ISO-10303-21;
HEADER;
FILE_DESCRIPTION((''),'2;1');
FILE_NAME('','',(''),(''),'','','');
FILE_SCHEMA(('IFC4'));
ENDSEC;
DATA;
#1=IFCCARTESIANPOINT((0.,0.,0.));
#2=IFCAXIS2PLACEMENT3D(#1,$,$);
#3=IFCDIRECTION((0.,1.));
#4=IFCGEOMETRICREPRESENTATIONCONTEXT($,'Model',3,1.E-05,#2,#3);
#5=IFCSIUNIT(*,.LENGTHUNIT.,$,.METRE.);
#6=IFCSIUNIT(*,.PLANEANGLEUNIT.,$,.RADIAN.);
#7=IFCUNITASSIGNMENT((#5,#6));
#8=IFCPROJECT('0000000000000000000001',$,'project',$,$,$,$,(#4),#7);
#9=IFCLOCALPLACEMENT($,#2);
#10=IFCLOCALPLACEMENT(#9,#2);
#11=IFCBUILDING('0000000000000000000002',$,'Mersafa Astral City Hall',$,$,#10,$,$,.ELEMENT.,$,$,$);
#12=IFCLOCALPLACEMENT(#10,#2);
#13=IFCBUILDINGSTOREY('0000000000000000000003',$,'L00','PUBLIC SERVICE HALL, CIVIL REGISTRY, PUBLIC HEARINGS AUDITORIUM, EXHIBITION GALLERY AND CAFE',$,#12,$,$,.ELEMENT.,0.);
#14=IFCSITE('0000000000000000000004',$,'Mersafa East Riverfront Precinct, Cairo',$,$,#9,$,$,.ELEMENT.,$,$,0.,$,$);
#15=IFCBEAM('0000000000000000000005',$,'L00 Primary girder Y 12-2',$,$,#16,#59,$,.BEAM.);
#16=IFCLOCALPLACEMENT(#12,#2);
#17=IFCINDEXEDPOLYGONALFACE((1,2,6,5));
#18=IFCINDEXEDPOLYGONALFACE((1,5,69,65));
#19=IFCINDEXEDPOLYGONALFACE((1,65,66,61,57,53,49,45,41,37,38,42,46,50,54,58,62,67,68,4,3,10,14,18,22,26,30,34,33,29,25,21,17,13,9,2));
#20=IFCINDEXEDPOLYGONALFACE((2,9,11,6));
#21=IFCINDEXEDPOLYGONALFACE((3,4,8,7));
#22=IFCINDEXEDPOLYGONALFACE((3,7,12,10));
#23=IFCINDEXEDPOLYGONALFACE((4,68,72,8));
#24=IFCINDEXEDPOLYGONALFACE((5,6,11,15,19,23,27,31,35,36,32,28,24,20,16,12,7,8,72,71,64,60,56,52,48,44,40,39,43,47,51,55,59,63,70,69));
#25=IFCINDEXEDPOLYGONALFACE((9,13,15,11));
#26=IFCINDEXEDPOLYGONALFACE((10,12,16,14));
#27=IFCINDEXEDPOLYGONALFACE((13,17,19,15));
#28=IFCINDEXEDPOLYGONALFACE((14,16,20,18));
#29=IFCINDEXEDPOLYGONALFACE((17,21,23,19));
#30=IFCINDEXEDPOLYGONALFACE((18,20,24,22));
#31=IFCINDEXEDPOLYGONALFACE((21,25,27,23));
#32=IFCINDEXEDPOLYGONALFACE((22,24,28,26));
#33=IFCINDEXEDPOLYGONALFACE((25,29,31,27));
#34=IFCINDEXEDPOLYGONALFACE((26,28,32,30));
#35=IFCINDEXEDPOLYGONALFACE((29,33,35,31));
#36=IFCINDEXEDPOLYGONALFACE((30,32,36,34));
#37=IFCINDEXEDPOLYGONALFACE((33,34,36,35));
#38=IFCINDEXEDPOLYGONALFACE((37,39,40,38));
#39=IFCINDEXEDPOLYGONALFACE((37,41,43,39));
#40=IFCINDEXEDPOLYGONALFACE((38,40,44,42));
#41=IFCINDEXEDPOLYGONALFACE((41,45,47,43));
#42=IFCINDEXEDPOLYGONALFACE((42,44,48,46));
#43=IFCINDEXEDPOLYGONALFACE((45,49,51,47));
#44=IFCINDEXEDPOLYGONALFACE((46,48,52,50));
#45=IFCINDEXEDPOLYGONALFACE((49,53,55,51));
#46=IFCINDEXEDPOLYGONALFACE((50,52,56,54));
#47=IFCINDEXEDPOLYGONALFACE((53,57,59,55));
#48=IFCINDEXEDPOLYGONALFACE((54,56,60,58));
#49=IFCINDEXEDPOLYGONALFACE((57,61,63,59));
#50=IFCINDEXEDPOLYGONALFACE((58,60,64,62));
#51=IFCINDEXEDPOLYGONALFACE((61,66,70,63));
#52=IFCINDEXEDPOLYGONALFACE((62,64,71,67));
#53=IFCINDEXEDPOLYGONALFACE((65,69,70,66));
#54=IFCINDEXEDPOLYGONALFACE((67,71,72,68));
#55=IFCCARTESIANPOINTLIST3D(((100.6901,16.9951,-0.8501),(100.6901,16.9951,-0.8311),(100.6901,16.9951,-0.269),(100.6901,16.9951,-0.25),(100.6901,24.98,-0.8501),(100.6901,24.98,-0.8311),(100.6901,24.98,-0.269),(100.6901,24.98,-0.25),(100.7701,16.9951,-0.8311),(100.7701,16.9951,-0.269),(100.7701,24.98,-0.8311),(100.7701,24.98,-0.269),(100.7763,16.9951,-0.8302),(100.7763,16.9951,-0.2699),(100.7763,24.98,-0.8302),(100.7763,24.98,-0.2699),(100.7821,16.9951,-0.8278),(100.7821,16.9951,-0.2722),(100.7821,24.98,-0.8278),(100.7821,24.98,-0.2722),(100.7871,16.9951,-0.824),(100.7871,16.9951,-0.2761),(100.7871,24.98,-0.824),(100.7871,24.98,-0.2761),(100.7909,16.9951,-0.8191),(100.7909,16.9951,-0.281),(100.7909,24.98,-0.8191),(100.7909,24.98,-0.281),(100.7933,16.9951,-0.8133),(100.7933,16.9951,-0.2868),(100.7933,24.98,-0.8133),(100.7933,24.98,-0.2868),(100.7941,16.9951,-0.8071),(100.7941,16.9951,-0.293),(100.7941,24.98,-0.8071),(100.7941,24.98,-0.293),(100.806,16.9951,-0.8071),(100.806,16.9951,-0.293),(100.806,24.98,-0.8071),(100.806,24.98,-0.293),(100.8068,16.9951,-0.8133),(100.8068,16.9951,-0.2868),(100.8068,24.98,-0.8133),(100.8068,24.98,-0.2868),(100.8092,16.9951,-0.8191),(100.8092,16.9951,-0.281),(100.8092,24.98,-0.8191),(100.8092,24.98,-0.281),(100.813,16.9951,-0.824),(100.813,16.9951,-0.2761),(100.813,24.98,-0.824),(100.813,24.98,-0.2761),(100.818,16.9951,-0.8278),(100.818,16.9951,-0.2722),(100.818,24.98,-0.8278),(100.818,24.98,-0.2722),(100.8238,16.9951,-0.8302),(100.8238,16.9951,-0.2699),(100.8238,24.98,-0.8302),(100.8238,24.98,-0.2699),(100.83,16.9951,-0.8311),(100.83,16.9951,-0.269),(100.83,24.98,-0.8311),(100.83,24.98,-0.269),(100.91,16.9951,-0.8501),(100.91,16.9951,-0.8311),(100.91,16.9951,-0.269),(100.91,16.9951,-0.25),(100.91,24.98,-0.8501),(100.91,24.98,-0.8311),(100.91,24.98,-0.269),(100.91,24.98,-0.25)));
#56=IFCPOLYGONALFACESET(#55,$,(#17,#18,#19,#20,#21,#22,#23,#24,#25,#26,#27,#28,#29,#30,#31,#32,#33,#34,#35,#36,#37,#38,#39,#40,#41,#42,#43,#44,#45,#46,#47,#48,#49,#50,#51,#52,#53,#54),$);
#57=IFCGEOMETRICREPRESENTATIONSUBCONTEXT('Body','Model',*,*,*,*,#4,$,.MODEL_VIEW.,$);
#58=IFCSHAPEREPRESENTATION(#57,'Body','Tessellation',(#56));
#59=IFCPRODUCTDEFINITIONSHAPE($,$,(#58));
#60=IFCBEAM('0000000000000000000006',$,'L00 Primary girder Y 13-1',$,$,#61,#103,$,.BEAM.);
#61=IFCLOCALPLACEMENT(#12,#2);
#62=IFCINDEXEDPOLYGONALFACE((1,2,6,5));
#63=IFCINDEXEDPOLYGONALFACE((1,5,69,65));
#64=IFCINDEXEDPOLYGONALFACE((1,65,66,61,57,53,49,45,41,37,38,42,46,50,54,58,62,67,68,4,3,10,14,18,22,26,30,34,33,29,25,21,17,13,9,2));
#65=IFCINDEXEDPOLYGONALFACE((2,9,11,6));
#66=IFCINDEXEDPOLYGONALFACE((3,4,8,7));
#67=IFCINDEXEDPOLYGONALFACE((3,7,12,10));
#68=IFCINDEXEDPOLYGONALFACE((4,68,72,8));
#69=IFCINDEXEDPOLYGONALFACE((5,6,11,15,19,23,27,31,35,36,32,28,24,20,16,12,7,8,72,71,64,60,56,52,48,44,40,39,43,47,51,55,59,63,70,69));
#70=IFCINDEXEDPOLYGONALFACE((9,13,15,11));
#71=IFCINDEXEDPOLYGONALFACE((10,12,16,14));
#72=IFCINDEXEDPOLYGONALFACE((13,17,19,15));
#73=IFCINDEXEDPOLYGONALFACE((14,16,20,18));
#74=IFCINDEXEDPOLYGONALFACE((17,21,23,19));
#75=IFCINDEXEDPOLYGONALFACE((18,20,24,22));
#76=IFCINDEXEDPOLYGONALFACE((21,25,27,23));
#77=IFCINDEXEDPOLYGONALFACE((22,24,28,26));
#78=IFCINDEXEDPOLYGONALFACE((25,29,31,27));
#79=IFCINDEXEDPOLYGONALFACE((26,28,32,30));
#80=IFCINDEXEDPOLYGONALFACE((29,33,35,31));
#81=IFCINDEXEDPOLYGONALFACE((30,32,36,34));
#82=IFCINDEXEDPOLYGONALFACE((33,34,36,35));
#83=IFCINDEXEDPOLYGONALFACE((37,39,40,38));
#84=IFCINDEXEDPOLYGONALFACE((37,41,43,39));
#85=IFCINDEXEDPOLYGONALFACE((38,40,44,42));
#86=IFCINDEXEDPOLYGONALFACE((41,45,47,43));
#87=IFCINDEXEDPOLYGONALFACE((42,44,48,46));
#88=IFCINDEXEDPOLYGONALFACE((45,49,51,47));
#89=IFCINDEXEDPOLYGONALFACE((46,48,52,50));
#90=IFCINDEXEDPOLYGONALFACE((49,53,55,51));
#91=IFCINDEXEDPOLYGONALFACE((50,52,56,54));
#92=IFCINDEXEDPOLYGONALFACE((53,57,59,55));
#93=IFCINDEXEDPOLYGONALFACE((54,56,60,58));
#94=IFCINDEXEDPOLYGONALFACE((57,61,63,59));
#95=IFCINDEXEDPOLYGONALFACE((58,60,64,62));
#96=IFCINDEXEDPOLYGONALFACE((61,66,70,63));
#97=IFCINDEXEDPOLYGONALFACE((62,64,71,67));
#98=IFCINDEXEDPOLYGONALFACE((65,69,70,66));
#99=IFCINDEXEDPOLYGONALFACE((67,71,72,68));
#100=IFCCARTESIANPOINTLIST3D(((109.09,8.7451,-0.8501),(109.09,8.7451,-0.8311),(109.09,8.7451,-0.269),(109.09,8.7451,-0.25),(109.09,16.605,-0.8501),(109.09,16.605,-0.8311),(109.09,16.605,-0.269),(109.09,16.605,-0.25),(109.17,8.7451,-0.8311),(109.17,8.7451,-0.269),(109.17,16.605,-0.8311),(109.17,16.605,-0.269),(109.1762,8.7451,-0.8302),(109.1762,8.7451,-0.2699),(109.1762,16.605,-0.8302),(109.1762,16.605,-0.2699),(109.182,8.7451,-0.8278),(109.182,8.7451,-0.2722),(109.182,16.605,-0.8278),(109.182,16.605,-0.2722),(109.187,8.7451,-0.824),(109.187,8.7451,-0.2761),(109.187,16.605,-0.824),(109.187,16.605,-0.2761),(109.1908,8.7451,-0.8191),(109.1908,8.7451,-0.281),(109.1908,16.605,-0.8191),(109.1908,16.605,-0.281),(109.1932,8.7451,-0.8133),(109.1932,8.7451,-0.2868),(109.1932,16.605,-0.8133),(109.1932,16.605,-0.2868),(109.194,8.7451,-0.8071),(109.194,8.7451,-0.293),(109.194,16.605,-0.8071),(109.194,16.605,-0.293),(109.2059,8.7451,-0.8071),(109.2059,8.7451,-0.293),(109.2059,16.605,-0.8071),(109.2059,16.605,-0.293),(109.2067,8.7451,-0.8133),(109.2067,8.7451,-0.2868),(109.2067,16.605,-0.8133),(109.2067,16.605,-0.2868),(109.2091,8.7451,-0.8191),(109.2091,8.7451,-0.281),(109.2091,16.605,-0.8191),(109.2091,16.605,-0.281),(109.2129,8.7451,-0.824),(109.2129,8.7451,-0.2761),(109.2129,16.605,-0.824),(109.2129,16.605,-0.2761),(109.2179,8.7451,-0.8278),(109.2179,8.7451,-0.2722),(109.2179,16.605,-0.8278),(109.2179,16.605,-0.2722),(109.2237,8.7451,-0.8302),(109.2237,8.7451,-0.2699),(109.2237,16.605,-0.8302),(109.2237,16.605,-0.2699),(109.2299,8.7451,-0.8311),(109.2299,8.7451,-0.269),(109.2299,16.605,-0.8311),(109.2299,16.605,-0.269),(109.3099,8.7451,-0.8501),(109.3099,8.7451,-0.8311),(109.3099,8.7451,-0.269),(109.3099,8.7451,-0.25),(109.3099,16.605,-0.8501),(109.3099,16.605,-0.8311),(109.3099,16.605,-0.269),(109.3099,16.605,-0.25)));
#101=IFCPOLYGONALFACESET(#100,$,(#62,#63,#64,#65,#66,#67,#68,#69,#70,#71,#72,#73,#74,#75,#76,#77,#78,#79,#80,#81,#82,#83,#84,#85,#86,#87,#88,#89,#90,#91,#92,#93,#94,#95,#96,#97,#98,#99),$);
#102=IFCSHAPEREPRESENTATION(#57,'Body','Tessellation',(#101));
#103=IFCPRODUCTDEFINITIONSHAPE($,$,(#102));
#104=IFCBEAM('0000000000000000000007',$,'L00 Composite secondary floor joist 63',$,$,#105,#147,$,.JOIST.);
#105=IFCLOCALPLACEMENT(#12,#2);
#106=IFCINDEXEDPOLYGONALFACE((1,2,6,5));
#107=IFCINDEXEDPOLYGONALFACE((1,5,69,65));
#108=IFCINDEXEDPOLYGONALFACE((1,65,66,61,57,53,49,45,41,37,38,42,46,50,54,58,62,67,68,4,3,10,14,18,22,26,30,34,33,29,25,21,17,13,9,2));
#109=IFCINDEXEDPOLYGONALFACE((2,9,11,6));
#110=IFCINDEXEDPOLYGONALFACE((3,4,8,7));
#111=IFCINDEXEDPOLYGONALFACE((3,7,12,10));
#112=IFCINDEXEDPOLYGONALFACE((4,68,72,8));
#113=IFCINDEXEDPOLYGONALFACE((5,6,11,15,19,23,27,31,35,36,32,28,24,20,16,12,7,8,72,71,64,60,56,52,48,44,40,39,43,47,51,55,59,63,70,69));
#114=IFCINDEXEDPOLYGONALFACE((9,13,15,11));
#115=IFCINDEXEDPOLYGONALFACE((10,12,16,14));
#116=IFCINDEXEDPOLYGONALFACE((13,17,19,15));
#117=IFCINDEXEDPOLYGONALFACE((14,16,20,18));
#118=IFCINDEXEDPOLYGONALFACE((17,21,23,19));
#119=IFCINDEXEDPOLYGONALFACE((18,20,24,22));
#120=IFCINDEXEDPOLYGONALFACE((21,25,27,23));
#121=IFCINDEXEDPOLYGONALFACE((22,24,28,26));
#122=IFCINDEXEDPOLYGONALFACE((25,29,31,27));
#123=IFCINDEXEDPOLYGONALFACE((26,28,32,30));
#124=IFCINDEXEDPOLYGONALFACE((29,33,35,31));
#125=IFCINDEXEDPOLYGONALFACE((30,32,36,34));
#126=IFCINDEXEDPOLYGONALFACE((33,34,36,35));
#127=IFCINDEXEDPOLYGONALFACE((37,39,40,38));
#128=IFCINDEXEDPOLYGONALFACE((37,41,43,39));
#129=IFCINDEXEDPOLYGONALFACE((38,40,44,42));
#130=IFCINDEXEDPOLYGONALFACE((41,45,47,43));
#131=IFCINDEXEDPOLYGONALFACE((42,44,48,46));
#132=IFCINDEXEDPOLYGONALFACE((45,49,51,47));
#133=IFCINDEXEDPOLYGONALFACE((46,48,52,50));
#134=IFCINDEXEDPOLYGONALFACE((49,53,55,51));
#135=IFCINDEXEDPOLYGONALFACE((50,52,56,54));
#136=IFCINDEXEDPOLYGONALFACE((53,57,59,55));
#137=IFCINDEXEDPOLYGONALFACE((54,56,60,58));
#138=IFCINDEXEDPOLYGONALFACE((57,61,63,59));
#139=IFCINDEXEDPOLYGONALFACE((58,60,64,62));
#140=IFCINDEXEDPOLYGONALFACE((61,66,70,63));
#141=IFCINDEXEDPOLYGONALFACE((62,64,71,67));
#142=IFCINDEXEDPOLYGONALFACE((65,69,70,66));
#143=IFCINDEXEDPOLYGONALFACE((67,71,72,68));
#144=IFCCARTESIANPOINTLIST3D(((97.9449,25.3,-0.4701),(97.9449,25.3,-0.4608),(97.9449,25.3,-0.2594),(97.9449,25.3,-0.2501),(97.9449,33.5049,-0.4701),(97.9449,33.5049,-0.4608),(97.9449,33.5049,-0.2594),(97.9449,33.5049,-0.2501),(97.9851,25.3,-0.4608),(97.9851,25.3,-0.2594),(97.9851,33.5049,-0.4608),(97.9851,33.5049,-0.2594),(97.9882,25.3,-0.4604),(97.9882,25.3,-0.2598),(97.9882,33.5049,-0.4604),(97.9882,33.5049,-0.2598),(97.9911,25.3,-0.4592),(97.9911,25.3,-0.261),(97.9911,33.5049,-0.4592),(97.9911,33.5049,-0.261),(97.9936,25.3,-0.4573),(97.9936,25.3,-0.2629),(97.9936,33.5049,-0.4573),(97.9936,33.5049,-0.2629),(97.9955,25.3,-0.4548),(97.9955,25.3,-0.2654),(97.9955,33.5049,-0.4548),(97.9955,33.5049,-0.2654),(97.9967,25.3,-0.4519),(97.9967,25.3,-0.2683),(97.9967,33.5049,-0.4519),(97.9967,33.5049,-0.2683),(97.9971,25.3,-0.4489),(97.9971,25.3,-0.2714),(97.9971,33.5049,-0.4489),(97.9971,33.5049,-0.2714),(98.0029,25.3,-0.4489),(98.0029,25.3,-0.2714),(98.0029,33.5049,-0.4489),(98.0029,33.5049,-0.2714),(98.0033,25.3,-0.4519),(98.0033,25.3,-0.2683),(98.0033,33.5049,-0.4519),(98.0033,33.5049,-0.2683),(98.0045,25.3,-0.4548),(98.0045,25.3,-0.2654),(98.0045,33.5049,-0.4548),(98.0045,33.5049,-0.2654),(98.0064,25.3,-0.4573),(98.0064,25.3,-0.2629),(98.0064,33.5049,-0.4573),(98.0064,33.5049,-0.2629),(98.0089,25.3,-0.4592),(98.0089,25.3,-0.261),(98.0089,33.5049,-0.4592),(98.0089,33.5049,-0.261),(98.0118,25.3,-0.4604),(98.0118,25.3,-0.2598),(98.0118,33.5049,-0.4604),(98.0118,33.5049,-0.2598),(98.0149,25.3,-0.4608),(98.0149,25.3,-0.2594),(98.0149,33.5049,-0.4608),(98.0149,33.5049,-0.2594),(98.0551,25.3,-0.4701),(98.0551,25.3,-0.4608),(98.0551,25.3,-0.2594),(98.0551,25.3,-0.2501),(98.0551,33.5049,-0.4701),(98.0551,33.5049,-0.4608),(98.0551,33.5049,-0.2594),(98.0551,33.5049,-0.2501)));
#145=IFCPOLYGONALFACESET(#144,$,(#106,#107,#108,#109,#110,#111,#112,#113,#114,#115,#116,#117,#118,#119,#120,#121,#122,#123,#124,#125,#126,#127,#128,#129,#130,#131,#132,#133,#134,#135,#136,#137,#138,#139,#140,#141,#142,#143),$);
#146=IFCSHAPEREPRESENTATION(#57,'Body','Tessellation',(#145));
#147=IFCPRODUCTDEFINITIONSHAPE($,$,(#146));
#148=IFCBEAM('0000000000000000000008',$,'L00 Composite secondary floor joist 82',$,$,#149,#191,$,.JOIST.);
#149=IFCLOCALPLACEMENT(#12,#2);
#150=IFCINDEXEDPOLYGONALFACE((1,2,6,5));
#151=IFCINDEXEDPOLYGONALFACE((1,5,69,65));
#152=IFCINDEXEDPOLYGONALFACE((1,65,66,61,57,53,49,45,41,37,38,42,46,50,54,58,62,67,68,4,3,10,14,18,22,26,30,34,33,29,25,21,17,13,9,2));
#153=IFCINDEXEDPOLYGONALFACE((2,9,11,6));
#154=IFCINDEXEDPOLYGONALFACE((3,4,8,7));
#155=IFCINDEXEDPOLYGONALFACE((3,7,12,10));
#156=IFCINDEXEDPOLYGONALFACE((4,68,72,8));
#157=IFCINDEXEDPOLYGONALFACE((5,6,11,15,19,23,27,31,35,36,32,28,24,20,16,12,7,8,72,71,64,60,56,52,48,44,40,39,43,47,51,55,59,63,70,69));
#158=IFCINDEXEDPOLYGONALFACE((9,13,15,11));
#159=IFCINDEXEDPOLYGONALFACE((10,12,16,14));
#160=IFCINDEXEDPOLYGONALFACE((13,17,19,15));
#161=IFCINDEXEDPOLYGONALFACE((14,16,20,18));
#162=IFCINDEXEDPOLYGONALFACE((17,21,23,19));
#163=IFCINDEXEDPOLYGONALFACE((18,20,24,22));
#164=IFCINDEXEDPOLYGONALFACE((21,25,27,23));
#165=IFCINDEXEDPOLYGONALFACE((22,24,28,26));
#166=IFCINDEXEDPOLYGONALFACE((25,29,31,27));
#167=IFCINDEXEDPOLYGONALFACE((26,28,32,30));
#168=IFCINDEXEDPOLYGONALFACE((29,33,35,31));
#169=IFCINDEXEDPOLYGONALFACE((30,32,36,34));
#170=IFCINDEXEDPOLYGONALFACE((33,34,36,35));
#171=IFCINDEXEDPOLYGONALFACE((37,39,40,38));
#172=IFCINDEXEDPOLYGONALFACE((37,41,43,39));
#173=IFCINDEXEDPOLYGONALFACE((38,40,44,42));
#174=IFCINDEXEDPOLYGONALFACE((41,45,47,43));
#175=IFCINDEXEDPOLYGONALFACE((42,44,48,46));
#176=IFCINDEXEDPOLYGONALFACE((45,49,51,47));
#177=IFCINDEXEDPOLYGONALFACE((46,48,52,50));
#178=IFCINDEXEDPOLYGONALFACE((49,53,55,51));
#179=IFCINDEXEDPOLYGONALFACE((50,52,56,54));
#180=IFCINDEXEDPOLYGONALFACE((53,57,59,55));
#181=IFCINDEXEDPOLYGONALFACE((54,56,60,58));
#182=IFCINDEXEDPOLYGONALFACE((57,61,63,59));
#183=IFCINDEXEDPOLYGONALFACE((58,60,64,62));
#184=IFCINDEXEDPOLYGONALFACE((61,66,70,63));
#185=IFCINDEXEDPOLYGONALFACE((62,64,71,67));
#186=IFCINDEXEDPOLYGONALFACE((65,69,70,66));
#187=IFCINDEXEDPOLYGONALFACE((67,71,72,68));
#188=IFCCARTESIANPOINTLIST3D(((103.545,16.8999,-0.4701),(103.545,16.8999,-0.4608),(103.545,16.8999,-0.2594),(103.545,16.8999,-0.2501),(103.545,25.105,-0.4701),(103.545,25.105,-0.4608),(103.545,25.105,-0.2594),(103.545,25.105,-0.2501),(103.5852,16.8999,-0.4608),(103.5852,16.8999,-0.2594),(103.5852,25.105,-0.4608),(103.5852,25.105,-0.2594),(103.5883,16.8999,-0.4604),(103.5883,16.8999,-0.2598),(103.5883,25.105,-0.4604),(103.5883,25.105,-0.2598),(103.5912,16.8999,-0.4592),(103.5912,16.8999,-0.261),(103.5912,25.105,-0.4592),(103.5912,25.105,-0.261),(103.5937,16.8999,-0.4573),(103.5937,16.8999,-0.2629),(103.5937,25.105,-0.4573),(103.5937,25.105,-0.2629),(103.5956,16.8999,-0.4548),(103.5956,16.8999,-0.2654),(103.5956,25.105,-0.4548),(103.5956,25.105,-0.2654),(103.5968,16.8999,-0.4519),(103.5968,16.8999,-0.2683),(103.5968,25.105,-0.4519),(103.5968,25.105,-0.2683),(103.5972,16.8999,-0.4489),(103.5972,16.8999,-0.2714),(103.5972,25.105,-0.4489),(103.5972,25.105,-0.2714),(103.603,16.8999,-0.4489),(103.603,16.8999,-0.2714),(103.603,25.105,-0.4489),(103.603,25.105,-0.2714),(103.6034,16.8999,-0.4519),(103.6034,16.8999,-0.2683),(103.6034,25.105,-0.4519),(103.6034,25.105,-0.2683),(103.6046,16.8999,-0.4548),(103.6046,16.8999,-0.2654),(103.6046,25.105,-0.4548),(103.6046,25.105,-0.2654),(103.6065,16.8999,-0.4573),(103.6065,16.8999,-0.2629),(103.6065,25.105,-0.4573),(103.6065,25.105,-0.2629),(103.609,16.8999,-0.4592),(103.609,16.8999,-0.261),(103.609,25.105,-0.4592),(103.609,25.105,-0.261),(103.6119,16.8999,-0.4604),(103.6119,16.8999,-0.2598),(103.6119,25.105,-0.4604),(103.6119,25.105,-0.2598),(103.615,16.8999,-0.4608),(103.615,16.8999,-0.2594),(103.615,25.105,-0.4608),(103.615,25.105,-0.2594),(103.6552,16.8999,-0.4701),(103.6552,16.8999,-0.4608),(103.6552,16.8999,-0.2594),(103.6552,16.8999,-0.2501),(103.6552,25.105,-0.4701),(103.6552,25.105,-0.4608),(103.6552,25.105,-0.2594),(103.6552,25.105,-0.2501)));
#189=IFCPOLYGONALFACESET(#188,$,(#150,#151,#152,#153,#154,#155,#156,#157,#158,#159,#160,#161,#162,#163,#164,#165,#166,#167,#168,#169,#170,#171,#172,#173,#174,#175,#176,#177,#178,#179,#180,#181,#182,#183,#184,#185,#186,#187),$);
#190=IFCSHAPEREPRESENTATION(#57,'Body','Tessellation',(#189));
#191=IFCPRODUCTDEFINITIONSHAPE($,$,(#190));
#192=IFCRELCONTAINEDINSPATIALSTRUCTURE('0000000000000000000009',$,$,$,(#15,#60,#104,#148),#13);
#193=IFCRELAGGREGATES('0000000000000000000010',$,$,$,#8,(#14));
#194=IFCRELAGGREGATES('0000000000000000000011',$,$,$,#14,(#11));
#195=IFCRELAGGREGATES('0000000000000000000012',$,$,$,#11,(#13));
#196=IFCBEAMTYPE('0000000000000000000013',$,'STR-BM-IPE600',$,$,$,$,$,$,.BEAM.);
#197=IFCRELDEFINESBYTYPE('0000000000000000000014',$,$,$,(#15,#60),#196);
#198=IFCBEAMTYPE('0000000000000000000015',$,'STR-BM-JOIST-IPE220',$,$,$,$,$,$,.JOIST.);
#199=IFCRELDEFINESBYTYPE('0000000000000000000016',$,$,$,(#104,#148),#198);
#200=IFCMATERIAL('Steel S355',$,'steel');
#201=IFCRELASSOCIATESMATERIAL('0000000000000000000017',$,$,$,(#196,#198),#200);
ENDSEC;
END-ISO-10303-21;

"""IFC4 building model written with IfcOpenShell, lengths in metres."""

from ifc_helpers import new_model, si_unit, direction, frame, origin, origin_2d, place, context, subcontext, project, spatial, i_section, extrude, material, material_profile, profile_set, type_object, element, save


model = new_model("IFC4")

# Units and contexts
model_context = context("Model", 3, precision=1e-05, world=origin(), true_north=direction((0.0, 1.0)))
body_context = subcontext(model_context, "Body", "Model", "MODEL_VIEW")
ifc_project = project(units=[si_unit("LENGTHUNIT", "METRE"), si_unit("PLANEANGLEUNIT", "RADIAN")], contexts=[model_context])

# Site, building, storey
site_placement = place(None, origin())
site = spatial("IfcSite", under=ifc_project, at=site_placement, Name="Mersafa East Riverfront Precinct, Cairo", CompositionType="ELEMENT", RefElevation=0.0)
building_placement = place(site_placement, origin())
building = spatial("IfcBuilding", under=site, at=building_placement, Name="Mersafa Astral City Hall", CompositionType="ELEMENT")
storey_placement = place(building_placement, origin())
storey = spatial("IfcBuildingStorey", under=building, at=storey_placement, Name="L00", Description="PUBLIC SERVICE HALL, CIVIL REGISTRY, PUBLIC HEARINGS AUDITORIUM, EXHIBITION GALLERY AND CAFE", CompositionType="ELEMENT", Elevation=0.0)

# Shared definitions
ifc_material_1 = material(Name="Steel S355", Category="steel")

# Beams
ifc_material_profile_1 = material_profile(ifc_material_1, i_section(OverallWidth=0.22, OverallDepth=0.6001, WebThickness=0.012, FlangeThickness=0.019, FilletRadius=0.0239, at=origin_2d()), Name="IPE 600")
ifc_profile_set_1 = profile_set([ifc_material_profile_1], Name="Steel S355")
beam_type_1 = type_object("IfcBeamType", Name="STR-BM-IPE600", PredefinedType="BEAM", material=ifc_profile_set_1)
beam_1_placement = place(storey_placement, frame((100.8, 16.9951, -0.55), z_axis=(0.0, 1.0, 0.0), x_axis=(-1.0, 0.0, 0.0)))
element("IfcBeam", 1, at=beam_1_placement, inside=storey, type_object=beam_type_1, Name="L00 Primary girder Y 12-2", PredefinedType="BEAM", context=body_context, shape_type="SweptSolid", body=[
    extrude(i_section(OverallWidth=0.22, OverallDepth=0.6001, WebThickness=0.012, FlangeThickness=0.019, FilletRadius=0.0239, at=origin_2d()), origin(), (0.0, 0.0, 1.0), 7.9849),
])
beam_2_placement = place(storey_placement, frame((109.2, 8.7451, -0.55), z_axis=(0.0, 1.0, 0.0), x_axis=(-1.0, 0.0, 0.0)))
element("IfcBeam", 2, at=beam_2_placement, inside=storey, type_object=beam_type_1, Name="L00 Primary girder Y 13-1", PredefinedType="BEAM", context=body_context, shape_type="SweptSolid", body=[
    extrude(i_section(OverallWidth=0.22, OverallDepth=0.6001, WebThickness=0.012, FlangeThickness=0.019, FilletRadius=0.0239, at=origin_2d()), origin(), (0.0, 0.0, 1.0), 7.8599),
])
ifc_material_profile_2 = material_profile(ifc_material_1, i_section(OverallWidth=0.1101, OverallDepth=0.22, WebThickness=0.0059, FlangeThickness=0.0093, FilletRadius=0.012, at=origin_2d()), Name="IPE 220")
ifc_profile_set_2 = profile_set([ifc_material_profile_2], Name="Steel S355")
beam_type_2 = type_object("IfcBeamType", Name="STR-BM-JOIST-IPE220", PredefinedType="JOIST", material=ifc_profile_set_2)
beam_3_placement = place(storey_placement, frame((98.0, 25.3, -0.3601), z_axis=(0.0, 1.0, 0.0), x_axis=(-1.0, 0.0, 0.0)))
element("IfcBeam", 3, at=beam_3_placement, inside=storey, type_object=beam_type_2, Name="L00 Composite secondary floor joist 63", PredefinedType="JOIST", context=body_context, shape_type="SweptSolid", body=[
    extrude(i_section(OverallWidth=0.1101, OverallDepth=0.22, WebThickness=0.0059, FlangeThickness=0.0093, FilletRadius=0.012, at=origin_2d()), origin(), (0.0, 0.0, 1.0), 8.2048),
])
for number, where, z_axis, x_axis, name in (
    (4, (103.6001, 16.8999, -0.3601), (0.0, 1.0, 0.0), (-1.0, 0.0, 0.0), "L00 Composite secondary floor joist 82"),
):
    element("IfcBeam", number, at=place(storey_placement, frame(where, z_axis=z_axis, x_axis=x_axis)), inside=storey, type_object=beam_type_2, Name=name, PredefinedType="JOIST", context=body_context, shape_type="SweptSolid", body=[
        extrude(i_section(OverallWidth=0.1101, OverallDepth=0.22, WebThickness=0.0059, FlangeThickness=0.0093, FilletRadius=0.012, at=origin_2d()), origin(), (0.0, 0.0, 1.0), 8.2051),
    ])

save(model, "model.ifc")
